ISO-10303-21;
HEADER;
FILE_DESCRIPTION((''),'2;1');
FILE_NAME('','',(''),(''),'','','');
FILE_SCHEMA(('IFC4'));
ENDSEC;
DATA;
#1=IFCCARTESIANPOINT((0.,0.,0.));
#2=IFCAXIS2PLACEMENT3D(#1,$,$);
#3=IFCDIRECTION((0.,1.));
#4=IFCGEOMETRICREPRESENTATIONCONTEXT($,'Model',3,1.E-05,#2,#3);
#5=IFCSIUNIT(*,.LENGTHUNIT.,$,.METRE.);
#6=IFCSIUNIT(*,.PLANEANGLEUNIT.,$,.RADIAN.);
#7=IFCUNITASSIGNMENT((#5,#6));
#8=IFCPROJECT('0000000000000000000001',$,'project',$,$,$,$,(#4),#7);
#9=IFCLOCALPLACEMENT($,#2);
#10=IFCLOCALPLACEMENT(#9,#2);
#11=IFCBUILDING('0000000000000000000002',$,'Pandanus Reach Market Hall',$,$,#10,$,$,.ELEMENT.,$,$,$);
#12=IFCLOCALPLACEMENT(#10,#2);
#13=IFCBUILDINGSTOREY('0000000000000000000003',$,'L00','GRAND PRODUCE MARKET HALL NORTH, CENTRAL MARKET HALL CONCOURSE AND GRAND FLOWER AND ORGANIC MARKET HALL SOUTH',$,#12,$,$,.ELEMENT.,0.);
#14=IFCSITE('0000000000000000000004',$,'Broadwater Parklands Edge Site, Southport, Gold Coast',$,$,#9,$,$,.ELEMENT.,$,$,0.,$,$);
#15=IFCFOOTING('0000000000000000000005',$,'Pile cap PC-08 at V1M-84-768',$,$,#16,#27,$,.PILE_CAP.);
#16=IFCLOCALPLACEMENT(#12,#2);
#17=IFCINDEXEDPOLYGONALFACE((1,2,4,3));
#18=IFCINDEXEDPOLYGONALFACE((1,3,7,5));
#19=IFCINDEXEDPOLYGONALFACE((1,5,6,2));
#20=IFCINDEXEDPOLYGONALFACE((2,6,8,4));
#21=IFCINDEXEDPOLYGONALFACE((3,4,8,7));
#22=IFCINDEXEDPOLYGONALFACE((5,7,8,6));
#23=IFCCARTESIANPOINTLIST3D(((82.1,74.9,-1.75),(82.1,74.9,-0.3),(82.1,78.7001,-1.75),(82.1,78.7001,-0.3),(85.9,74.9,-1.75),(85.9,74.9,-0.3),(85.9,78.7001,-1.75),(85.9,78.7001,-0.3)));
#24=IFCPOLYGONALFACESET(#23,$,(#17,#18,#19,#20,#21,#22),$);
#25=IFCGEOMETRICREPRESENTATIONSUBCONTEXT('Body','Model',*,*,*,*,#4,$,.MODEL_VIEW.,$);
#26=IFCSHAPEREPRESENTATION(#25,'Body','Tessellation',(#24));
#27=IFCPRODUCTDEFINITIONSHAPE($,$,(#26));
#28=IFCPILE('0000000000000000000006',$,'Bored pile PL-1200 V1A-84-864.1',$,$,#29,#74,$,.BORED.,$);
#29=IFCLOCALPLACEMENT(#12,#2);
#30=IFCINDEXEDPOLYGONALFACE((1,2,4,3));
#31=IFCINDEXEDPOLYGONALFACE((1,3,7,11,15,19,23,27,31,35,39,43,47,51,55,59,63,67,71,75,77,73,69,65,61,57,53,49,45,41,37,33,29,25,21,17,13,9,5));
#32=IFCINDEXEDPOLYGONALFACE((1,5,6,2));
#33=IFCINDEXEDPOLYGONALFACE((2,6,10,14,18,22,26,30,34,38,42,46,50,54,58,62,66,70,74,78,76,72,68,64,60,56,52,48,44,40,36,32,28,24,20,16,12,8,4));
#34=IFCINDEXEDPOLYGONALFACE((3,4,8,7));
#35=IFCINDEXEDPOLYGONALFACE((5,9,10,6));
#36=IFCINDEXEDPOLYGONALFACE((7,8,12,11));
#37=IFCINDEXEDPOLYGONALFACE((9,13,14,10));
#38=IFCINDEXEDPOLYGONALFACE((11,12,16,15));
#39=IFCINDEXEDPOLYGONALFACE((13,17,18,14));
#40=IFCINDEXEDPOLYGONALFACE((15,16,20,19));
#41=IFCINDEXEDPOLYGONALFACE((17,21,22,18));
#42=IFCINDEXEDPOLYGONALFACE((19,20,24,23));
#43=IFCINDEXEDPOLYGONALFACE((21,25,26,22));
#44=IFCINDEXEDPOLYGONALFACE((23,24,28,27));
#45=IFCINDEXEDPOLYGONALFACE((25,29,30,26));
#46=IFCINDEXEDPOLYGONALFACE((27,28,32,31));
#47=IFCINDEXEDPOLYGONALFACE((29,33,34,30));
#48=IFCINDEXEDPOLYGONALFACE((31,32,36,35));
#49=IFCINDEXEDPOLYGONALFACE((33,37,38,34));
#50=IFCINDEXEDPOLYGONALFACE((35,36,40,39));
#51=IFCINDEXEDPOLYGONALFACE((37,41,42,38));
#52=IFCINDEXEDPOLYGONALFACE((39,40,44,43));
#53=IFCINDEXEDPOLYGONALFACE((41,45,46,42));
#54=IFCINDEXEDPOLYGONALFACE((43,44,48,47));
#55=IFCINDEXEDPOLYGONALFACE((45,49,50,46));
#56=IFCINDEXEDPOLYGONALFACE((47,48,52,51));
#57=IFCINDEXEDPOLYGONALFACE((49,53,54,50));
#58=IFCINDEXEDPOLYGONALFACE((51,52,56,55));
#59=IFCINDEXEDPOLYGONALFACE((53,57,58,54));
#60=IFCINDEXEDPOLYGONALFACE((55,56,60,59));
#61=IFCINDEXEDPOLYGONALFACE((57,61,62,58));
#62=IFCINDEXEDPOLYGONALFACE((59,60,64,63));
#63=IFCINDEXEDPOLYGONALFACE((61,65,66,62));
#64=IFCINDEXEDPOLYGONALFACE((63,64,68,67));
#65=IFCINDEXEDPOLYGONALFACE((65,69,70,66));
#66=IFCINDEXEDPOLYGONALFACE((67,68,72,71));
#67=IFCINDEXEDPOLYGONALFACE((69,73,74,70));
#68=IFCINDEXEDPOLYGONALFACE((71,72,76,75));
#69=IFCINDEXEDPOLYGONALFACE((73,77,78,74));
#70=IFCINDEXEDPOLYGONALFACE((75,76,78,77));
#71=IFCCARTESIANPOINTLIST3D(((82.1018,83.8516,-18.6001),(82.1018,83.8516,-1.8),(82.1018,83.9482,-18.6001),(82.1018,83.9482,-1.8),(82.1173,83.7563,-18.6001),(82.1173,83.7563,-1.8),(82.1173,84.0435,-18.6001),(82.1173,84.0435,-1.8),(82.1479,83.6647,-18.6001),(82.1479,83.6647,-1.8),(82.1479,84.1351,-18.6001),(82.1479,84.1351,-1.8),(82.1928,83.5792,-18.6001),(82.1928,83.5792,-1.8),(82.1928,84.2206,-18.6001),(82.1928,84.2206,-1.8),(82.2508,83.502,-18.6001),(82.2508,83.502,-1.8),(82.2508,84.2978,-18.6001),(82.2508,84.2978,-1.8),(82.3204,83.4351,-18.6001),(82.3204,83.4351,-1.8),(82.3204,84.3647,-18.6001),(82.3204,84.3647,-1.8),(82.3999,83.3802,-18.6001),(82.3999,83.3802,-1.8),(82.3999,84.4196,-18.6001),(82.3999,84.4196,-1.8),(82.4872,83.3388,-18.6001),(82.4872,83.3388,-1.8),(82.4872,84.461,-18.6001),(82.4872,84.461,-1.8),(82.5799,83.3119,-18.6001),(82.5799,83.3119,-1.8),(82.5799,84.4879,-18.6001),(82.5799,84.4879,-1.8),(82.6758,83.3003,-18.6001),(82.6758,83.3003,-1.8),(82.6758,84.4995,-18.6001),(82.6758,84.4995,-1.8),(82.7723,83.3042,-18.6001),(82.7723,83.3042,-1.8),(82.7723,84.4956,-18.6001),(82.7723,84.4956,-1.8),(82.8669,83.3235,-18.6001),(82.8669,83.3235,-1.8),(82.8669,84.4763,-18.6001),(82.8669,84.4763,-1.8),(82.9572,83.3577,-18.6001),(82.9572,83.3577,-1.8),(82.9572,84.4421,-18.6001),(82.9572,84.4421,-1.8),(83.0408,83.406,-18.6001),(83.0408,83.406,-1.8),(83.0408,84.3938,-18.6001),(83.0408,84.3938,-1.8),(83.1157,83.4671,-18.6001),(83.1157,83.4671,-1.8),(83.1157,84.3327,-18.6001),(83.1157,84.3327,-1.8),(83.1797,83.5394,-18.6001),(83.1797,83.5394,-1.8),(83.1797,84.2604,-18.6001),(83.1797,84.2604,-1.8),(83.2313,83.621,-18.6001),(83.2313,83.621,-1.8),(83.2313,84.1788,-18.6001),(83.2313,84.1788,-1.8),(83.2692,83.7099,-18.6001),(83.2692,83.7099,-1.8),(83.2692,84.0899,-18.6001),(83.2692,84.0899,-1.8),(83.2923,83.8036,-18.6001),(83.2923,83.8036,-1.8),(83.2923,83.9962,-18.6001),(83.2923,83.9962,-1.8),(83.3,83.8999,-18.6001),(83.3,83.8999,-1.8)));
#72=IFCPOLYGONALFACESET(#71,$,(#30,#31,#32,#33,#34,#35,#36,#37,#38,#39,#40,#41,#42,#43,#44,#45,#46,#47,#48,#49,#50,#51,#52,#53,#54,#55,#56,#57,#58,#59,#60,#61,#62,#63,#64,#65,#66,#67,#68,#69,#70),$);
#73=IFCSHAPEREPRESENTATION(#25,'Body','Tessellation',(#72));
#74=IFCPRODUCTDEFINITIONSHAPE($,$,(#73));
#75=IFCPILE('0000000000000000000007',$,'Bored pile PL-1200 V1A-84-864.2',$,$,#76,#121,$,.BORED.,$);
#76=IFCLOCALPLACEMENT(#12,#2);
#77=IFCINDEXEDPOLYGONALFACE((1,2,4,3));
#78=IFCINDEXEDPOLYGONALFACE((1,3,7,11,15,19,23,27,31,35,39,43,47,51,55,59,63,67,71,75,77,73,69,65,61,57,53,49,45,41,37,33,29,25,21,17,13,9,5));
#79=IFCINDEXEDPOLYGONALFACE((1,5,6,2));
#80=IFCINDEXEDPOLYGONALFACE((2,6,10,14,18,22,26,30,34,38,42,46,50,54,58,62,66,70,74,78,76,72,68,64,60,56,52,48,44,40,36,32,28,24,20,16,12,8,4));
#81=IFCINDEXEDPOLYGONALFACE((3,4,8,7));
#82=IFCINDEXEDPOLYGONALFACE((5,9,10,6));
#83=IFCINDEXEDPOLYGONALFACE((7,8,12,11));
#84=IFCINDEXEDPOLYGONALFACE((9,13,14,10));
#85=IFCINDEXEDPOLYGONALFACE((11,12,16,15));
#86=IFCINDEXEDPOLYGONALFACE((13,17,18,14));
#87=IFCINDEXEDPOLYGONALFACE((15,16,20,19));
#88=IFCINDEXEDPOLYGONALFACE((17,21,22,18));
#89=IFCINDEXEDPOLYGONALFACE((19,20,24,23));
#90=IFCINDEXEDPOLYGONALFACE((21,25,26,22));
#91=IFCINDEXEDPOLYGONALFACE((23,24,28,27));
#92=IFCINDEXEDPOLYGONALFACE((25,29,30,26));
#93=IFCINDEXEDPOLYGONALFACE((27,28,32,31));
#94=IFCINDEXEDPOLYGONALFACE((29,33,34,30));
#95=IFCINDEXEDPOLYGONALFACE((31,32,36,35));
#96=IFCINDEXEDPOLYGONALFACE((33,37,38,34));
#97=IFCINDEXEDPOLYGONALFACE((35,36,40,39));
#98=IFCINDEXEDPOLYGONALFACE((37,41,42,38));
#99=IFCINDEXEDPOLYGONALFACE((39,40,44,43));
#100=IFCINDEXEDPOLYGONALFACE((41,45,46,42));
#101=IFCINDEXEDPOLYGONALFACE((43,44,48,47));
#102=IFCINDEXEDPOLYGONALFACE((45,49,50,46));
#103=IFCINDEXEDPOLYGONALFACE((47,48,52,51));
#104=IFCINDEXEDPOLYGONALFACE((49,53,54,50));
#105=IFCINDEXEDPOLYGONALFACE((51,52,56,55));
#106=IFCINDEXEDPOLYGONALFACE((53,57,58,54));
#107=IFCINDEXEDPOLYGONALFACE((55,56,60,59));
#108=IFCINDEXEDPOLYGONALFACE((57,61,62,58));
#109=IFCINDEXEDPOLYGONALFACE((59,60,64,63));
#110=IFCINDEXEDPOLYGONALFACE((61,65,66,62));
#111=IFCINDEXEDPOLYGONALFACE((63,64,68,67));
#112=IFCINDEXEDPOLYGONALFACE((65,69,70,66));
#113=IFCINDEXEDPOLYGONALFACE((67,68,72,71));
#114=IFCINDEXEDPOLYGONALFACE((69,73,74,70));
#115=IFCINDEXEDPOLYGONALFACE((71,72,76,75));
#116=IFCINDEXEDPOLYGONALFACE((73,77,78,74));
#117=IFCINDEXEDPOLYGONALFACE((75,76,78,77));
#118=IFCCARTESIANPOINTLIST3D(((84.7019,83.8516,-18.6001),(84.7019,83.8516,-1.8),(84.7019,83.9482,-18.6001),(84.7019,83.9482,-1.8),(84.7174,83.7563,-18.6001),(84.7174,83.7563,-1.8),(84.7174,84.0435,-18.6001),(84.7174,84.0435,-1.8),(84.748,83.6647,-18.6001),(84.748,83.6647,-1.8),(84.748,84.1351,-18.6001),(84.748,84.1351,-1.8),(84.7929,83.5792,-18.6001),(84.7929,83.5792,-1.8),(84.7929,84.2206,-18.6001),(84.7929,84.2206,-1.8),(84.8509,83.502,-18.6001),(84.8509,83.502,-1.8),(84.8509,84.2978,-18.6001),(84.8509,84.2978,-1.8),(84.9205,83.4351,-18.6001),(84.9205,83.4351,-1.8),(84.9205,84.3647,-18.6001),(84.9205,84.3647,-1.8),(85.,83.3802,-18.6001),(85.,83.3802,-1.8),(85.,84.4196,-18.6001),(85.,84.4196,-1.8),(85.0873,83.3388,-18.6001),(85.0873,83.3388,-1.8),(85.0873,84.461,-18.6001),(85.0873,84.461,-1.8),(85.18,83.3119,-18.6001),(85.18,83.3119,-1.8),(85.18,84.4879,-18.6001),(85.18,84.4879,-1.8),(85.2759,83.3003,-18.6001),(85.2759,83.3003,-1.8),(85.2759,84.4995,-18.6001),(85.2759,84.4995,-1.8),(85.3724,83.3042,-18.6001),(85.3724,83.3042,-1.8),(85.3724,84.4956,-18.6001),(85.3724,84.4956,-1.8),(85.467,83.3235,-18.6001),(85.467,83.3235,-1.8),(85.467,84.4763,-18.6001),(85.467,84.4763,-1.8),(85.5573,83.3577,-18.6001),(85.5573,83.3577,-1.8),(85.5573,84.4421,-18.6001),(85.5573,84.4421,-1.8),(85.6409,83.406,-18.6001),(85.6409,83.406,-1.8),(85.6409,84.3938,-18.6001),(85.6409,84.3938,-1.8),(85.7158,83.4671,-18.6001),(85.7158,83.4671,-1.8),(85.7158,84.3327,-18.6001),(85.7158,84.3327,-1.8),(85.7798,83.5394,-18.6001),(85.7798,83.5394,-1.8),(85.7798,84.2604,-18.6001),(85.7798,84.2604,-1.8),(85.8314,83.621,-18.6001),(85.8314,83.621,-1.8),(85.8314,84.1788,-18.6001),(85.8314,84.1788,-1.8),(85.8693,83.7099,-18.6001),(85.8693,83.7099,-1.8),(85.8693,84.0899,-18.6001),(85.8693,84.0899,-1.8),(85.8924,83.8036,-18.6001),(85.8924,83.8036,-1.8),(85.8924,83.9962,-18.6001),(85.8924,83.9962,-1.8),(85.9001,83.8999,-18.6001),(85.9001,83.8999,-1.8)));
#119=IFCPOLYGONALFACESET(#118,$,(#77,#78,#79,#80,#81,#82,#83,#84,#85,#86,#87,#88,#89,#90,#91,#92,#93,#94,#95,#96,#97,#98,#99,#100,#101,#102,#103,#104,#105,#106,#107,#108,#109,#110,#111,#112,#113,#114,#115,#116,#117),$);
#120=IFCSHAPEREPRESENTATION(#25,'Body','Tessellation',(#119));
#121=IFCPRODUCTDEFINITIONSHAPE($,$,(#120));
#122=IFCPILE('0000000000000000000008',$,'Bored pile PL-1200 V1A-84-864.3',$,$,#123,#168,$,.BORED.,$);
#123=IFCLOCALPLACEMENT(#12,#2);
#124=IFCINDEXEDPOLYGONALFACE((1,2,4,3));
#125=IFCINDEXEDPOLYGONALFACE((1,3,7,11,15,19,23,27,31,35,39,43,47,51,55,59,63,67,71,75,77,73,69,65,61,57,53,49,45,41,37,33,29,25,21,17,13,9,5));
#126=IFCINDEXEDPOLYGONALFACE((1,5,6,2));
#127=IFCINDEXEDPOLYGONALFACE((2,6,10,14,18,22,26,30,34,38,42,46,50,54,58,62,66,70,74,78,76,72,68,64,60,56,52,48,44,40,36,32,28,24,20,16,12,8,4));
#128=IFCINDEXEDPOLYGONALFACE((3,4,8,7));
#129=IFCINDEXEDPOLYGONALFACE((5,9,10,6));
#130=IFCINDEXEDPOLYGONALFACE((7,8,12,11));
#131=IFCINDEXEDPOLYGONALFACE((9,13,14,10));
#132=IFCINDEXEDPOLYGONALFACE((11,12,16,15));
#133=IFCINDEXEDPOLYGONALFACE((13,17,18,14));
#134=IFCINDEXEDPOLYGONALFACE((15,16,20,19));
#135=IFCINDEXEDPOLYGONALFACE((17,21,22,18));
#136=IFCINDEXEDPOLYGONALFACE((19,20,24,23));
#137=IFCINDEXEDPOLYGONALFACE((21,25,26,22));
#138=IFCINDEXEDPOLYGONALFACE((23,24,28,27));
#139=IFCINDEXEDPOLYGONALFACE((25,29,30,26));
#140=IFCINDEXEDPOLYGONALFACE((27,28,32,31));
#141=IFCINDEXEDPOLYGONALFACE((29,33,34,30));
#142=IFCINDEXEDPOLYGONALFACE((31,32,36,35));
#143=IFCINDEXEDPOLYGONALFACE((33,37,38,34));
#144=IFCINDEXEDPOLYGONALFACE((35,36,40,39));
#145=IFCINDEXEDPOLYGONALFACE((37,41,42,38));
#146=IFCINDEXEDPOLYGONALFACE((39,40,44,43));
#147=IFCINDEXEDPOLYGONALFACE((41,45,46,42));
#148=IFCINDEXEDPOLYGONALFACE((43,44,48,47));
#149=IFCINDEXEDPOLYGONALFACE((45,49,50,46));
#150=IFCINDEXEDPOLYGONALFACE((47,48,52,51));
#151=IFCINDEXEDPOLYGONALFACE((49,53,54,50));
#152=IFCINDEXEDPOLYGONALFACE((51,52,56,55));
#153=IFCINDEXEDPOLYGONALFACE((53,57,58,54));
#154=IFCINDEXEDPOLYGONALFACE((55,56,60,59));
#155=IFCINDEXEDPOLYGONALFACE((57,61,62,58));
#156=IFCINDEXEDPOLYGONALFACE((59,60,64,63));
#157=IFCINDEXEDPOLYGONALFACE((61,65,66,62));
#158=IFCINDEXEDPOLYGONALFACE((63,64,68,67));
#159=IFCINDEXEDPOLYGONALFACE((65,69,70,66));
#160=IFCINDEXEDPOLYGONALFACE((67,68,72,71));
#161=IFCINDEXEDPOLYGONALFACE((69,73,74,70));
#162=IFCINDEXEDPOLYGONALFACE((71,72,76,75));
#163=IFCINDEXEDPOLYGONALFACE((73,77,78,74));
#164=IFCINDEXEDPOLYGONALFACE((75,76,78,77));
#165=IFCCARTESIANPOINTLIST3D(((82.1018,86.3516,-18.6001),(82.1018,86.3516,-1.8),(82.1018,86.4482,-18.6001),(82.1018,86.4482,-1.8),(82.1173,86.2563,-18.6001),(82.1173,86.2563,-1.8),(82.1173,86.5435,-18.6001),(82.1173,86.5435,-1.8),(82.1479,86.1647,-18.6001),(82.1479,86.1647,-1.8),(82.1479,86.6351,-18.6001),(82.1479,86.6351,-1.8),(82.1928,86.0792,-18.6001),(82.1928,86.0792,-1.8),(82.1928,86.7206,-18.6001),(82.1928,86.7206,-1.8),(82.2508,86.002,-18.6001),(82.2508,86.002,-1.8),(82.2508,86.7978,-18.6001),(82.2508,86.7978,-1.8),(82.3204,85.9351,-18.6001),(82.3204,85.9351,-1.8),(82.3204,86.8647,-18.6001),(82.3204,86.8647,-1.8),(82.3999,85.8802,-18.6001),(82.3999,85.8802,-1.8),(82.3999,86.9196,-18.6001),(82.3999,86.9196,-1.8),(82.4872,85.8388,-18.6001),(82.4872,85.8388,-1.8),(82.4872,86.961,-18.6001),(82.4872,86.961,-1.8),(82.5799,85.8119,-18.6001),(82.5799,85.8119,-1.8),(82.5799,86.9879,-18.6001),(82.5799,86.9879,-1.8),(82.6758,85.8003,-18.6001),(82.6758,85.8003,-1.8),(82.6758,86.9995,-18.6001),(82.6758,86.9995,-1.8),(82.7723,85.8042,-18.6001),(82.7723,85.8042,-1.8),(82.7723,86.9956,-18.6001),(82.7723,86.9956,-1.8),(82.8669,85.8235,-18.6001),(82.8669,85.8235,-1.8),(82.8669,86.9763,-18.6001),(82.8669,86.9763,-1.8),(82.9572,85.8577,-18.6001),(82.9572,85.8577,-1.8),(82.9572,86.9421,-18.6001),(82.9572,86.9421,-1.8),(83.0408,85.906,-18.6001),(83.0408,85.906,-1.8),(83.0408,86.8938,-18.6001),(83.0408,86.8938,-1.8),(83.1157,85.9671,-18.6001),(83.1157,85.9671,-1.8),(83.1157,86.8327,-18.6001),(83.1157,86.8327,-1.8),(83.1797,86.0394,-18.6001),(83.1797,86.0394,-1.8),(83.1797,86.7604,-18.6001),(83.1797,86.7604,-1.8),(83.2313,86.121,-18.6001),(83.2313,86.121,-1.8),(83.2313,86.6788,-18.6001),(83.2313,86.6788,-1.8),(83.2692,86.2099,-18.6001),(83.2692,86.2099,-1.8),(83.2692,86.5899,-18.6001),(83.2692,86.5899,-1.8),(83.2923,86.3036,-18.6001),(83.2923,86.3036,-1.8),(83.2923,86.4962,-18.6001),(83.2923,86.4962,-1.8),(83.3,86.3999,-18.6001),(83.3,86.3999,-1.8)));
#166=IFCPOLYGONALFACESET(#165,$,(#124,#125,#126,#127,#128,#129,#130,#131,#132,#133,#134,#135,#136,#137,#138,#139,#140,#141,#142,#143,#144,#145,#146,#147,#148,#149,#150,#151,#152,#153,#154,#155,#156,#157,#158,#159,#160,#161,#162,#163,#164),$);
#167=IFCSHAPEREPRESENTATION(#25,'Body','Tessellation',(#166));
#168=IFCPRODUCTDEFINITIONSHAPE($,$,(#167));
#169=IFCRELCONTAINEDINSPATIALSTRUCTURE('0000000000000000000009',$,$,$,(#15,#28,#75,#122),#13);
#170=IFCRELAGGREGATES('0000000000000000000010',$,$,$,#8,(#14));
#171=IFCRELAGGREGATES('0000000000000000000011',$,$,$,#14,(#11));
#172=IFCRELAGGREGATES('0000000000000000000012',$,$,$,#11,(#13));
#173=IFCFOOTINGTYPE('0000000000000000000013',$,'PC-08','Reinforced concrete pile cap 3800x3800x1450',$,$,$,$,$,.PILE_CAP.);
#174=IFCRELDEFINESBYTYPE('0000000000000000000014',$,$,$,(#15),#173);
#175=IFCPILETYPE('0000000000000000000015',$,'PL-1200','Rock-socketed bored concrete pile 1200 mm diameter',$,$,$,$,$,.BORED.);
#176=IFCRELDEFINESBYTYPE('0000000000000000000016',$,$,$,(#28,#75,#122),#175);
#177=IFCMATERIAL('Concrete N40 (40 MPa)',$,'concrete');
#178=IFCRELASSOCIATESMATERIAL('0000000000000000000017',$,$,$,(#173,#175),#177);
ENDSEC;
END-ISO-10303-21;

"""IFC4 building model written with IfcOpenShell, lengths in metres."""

from ifc_helpers import new_model, si_unit, direction, frame, origin, origin_2d, place, context, subcontext, project, spatial, rectangle, circle, extrude, material, material_profile, profile_set, type_object, element, save


model = new_model("IFC4")

# Units and contexts
model_context = context("Model", 3, precision=1e-05, world=origin(), true_north=direction((0.0, 1.0)))
body_context = subcontext(model_context, "Body", "Model", "MODEL_VIEW")
ifc_project = project(units=[si_unit("LENGTHUNIT", "METRE"), si_unit("PLANEANGLEUNIT", "RADIAN")], contexts=[model_context])

# Site, building, storey
site_placement = place(None, origin())
site = spatial("IfcSite", under=ifc_project, at=site_placement, Name="Broadwater Parklands Edge Site, Southport, Gold Coast", CompositionType="ELEMENT", RefElevation=0.0)
building_placement = place(site_placement, origin())
building = spatial("IfcBuilding", under=site, at=building_placement, Name="Pandanus Reach Market Hall", CompositionType="ELEMENT")
storey_placement = place(building_placement, origin())
storey = spatial("IfcBuildingStorey", under=building, at=storey_placement, Name="L00", Description="GRAND PRODUCE MARKET HALL NORTH, CENTRAL MARKET HALL CONCOURSE AND GRAND FLOWER AND ORGANIC MARKET HALL SOUTH", CompositionType="ELEMENT", Elevation=0.0)

# Footing
ifc_material_1 = material(Name="Concrete N40 (40 MPa)", Category="concrete")
footing_type = type_object("IfcFootingType", Name="PC-08", Description="Reinforced concrete pile cap 3800x3800x1450", PredefinedType="PILE_CAP", material=ifc_material_1)
footing_placement = place(storey_placement, frame((84.0, 76.8, -1.75), z_axis=(0.0, 0.0, 1.0), x_axis=(1.0, 0.0, 0.0)))
element("IfcFooting", 1, at=footing_placement, inside=storey, type_object=footing_type, Name="Pile cap PC-08 at V1M-84-768", PredefinedType="PILE_CAP", context=body_context, shape_type="SweptSolid", body=[
    extrude(rectangle(XDim=3.8, YDim=3.8, at=origin_2d()), origin(), (0.0, 0.0, 1.0), 1.45),
])

# Piles
ifc_material_profile_1 = material_profile(ifc_material_1, circle(Radius=0.6001, at=origin_2d()), Name="PILE-1200D", Category="LoadBearing")
ifc_profile_set_1 = profile_set([ifc_material_profile_1], Name="Concrete N40 (40 MPa)")
pile_type_1 = type_object("IfcPileType", Name="PL-1200", Description="Rock-socketed bored concrete pile 1200 mm diameter", PredefinedType="BORED", material=ifc_profile_set_1)
for number, where, z_axis, x_axis, name in (
    (2, (82.7, 83.8999, -1.8), (0.0, 0.0, -1.0), (1.0, 0.0, 0.0), "Bored pile PL-1200 V1A-84-864.1"),
    (3, (85.3, 83.8999, -1.8), (0.0, 0.0, -1.0), (1.0, 0.0, 0.0), "Bored pile PL-1200 V1A-84-864.2"),
    (4, (82.7, 86.3999, -1.8), (0.0, 0.0, -1.0), (1.0, 0.0, 0.0), "Bored pile PL-1200 V1A-84-864.3"),
):
    element("IfcPile", number, at=place(storey_placement, frame(where, z_axis=z_axis, x_axis=x_axis)), inside=storey, type_object=pile_type_1, Name=name, PredefinedType="BORED", context=body_context, shape_type="SweptSolid", body=[
        extrude(circle(Radius=0.6001, at=origin_2d()), origin(), (0.0, 0.0, 1.0), 16.8),
    ])

save(model, "model.ifc")
